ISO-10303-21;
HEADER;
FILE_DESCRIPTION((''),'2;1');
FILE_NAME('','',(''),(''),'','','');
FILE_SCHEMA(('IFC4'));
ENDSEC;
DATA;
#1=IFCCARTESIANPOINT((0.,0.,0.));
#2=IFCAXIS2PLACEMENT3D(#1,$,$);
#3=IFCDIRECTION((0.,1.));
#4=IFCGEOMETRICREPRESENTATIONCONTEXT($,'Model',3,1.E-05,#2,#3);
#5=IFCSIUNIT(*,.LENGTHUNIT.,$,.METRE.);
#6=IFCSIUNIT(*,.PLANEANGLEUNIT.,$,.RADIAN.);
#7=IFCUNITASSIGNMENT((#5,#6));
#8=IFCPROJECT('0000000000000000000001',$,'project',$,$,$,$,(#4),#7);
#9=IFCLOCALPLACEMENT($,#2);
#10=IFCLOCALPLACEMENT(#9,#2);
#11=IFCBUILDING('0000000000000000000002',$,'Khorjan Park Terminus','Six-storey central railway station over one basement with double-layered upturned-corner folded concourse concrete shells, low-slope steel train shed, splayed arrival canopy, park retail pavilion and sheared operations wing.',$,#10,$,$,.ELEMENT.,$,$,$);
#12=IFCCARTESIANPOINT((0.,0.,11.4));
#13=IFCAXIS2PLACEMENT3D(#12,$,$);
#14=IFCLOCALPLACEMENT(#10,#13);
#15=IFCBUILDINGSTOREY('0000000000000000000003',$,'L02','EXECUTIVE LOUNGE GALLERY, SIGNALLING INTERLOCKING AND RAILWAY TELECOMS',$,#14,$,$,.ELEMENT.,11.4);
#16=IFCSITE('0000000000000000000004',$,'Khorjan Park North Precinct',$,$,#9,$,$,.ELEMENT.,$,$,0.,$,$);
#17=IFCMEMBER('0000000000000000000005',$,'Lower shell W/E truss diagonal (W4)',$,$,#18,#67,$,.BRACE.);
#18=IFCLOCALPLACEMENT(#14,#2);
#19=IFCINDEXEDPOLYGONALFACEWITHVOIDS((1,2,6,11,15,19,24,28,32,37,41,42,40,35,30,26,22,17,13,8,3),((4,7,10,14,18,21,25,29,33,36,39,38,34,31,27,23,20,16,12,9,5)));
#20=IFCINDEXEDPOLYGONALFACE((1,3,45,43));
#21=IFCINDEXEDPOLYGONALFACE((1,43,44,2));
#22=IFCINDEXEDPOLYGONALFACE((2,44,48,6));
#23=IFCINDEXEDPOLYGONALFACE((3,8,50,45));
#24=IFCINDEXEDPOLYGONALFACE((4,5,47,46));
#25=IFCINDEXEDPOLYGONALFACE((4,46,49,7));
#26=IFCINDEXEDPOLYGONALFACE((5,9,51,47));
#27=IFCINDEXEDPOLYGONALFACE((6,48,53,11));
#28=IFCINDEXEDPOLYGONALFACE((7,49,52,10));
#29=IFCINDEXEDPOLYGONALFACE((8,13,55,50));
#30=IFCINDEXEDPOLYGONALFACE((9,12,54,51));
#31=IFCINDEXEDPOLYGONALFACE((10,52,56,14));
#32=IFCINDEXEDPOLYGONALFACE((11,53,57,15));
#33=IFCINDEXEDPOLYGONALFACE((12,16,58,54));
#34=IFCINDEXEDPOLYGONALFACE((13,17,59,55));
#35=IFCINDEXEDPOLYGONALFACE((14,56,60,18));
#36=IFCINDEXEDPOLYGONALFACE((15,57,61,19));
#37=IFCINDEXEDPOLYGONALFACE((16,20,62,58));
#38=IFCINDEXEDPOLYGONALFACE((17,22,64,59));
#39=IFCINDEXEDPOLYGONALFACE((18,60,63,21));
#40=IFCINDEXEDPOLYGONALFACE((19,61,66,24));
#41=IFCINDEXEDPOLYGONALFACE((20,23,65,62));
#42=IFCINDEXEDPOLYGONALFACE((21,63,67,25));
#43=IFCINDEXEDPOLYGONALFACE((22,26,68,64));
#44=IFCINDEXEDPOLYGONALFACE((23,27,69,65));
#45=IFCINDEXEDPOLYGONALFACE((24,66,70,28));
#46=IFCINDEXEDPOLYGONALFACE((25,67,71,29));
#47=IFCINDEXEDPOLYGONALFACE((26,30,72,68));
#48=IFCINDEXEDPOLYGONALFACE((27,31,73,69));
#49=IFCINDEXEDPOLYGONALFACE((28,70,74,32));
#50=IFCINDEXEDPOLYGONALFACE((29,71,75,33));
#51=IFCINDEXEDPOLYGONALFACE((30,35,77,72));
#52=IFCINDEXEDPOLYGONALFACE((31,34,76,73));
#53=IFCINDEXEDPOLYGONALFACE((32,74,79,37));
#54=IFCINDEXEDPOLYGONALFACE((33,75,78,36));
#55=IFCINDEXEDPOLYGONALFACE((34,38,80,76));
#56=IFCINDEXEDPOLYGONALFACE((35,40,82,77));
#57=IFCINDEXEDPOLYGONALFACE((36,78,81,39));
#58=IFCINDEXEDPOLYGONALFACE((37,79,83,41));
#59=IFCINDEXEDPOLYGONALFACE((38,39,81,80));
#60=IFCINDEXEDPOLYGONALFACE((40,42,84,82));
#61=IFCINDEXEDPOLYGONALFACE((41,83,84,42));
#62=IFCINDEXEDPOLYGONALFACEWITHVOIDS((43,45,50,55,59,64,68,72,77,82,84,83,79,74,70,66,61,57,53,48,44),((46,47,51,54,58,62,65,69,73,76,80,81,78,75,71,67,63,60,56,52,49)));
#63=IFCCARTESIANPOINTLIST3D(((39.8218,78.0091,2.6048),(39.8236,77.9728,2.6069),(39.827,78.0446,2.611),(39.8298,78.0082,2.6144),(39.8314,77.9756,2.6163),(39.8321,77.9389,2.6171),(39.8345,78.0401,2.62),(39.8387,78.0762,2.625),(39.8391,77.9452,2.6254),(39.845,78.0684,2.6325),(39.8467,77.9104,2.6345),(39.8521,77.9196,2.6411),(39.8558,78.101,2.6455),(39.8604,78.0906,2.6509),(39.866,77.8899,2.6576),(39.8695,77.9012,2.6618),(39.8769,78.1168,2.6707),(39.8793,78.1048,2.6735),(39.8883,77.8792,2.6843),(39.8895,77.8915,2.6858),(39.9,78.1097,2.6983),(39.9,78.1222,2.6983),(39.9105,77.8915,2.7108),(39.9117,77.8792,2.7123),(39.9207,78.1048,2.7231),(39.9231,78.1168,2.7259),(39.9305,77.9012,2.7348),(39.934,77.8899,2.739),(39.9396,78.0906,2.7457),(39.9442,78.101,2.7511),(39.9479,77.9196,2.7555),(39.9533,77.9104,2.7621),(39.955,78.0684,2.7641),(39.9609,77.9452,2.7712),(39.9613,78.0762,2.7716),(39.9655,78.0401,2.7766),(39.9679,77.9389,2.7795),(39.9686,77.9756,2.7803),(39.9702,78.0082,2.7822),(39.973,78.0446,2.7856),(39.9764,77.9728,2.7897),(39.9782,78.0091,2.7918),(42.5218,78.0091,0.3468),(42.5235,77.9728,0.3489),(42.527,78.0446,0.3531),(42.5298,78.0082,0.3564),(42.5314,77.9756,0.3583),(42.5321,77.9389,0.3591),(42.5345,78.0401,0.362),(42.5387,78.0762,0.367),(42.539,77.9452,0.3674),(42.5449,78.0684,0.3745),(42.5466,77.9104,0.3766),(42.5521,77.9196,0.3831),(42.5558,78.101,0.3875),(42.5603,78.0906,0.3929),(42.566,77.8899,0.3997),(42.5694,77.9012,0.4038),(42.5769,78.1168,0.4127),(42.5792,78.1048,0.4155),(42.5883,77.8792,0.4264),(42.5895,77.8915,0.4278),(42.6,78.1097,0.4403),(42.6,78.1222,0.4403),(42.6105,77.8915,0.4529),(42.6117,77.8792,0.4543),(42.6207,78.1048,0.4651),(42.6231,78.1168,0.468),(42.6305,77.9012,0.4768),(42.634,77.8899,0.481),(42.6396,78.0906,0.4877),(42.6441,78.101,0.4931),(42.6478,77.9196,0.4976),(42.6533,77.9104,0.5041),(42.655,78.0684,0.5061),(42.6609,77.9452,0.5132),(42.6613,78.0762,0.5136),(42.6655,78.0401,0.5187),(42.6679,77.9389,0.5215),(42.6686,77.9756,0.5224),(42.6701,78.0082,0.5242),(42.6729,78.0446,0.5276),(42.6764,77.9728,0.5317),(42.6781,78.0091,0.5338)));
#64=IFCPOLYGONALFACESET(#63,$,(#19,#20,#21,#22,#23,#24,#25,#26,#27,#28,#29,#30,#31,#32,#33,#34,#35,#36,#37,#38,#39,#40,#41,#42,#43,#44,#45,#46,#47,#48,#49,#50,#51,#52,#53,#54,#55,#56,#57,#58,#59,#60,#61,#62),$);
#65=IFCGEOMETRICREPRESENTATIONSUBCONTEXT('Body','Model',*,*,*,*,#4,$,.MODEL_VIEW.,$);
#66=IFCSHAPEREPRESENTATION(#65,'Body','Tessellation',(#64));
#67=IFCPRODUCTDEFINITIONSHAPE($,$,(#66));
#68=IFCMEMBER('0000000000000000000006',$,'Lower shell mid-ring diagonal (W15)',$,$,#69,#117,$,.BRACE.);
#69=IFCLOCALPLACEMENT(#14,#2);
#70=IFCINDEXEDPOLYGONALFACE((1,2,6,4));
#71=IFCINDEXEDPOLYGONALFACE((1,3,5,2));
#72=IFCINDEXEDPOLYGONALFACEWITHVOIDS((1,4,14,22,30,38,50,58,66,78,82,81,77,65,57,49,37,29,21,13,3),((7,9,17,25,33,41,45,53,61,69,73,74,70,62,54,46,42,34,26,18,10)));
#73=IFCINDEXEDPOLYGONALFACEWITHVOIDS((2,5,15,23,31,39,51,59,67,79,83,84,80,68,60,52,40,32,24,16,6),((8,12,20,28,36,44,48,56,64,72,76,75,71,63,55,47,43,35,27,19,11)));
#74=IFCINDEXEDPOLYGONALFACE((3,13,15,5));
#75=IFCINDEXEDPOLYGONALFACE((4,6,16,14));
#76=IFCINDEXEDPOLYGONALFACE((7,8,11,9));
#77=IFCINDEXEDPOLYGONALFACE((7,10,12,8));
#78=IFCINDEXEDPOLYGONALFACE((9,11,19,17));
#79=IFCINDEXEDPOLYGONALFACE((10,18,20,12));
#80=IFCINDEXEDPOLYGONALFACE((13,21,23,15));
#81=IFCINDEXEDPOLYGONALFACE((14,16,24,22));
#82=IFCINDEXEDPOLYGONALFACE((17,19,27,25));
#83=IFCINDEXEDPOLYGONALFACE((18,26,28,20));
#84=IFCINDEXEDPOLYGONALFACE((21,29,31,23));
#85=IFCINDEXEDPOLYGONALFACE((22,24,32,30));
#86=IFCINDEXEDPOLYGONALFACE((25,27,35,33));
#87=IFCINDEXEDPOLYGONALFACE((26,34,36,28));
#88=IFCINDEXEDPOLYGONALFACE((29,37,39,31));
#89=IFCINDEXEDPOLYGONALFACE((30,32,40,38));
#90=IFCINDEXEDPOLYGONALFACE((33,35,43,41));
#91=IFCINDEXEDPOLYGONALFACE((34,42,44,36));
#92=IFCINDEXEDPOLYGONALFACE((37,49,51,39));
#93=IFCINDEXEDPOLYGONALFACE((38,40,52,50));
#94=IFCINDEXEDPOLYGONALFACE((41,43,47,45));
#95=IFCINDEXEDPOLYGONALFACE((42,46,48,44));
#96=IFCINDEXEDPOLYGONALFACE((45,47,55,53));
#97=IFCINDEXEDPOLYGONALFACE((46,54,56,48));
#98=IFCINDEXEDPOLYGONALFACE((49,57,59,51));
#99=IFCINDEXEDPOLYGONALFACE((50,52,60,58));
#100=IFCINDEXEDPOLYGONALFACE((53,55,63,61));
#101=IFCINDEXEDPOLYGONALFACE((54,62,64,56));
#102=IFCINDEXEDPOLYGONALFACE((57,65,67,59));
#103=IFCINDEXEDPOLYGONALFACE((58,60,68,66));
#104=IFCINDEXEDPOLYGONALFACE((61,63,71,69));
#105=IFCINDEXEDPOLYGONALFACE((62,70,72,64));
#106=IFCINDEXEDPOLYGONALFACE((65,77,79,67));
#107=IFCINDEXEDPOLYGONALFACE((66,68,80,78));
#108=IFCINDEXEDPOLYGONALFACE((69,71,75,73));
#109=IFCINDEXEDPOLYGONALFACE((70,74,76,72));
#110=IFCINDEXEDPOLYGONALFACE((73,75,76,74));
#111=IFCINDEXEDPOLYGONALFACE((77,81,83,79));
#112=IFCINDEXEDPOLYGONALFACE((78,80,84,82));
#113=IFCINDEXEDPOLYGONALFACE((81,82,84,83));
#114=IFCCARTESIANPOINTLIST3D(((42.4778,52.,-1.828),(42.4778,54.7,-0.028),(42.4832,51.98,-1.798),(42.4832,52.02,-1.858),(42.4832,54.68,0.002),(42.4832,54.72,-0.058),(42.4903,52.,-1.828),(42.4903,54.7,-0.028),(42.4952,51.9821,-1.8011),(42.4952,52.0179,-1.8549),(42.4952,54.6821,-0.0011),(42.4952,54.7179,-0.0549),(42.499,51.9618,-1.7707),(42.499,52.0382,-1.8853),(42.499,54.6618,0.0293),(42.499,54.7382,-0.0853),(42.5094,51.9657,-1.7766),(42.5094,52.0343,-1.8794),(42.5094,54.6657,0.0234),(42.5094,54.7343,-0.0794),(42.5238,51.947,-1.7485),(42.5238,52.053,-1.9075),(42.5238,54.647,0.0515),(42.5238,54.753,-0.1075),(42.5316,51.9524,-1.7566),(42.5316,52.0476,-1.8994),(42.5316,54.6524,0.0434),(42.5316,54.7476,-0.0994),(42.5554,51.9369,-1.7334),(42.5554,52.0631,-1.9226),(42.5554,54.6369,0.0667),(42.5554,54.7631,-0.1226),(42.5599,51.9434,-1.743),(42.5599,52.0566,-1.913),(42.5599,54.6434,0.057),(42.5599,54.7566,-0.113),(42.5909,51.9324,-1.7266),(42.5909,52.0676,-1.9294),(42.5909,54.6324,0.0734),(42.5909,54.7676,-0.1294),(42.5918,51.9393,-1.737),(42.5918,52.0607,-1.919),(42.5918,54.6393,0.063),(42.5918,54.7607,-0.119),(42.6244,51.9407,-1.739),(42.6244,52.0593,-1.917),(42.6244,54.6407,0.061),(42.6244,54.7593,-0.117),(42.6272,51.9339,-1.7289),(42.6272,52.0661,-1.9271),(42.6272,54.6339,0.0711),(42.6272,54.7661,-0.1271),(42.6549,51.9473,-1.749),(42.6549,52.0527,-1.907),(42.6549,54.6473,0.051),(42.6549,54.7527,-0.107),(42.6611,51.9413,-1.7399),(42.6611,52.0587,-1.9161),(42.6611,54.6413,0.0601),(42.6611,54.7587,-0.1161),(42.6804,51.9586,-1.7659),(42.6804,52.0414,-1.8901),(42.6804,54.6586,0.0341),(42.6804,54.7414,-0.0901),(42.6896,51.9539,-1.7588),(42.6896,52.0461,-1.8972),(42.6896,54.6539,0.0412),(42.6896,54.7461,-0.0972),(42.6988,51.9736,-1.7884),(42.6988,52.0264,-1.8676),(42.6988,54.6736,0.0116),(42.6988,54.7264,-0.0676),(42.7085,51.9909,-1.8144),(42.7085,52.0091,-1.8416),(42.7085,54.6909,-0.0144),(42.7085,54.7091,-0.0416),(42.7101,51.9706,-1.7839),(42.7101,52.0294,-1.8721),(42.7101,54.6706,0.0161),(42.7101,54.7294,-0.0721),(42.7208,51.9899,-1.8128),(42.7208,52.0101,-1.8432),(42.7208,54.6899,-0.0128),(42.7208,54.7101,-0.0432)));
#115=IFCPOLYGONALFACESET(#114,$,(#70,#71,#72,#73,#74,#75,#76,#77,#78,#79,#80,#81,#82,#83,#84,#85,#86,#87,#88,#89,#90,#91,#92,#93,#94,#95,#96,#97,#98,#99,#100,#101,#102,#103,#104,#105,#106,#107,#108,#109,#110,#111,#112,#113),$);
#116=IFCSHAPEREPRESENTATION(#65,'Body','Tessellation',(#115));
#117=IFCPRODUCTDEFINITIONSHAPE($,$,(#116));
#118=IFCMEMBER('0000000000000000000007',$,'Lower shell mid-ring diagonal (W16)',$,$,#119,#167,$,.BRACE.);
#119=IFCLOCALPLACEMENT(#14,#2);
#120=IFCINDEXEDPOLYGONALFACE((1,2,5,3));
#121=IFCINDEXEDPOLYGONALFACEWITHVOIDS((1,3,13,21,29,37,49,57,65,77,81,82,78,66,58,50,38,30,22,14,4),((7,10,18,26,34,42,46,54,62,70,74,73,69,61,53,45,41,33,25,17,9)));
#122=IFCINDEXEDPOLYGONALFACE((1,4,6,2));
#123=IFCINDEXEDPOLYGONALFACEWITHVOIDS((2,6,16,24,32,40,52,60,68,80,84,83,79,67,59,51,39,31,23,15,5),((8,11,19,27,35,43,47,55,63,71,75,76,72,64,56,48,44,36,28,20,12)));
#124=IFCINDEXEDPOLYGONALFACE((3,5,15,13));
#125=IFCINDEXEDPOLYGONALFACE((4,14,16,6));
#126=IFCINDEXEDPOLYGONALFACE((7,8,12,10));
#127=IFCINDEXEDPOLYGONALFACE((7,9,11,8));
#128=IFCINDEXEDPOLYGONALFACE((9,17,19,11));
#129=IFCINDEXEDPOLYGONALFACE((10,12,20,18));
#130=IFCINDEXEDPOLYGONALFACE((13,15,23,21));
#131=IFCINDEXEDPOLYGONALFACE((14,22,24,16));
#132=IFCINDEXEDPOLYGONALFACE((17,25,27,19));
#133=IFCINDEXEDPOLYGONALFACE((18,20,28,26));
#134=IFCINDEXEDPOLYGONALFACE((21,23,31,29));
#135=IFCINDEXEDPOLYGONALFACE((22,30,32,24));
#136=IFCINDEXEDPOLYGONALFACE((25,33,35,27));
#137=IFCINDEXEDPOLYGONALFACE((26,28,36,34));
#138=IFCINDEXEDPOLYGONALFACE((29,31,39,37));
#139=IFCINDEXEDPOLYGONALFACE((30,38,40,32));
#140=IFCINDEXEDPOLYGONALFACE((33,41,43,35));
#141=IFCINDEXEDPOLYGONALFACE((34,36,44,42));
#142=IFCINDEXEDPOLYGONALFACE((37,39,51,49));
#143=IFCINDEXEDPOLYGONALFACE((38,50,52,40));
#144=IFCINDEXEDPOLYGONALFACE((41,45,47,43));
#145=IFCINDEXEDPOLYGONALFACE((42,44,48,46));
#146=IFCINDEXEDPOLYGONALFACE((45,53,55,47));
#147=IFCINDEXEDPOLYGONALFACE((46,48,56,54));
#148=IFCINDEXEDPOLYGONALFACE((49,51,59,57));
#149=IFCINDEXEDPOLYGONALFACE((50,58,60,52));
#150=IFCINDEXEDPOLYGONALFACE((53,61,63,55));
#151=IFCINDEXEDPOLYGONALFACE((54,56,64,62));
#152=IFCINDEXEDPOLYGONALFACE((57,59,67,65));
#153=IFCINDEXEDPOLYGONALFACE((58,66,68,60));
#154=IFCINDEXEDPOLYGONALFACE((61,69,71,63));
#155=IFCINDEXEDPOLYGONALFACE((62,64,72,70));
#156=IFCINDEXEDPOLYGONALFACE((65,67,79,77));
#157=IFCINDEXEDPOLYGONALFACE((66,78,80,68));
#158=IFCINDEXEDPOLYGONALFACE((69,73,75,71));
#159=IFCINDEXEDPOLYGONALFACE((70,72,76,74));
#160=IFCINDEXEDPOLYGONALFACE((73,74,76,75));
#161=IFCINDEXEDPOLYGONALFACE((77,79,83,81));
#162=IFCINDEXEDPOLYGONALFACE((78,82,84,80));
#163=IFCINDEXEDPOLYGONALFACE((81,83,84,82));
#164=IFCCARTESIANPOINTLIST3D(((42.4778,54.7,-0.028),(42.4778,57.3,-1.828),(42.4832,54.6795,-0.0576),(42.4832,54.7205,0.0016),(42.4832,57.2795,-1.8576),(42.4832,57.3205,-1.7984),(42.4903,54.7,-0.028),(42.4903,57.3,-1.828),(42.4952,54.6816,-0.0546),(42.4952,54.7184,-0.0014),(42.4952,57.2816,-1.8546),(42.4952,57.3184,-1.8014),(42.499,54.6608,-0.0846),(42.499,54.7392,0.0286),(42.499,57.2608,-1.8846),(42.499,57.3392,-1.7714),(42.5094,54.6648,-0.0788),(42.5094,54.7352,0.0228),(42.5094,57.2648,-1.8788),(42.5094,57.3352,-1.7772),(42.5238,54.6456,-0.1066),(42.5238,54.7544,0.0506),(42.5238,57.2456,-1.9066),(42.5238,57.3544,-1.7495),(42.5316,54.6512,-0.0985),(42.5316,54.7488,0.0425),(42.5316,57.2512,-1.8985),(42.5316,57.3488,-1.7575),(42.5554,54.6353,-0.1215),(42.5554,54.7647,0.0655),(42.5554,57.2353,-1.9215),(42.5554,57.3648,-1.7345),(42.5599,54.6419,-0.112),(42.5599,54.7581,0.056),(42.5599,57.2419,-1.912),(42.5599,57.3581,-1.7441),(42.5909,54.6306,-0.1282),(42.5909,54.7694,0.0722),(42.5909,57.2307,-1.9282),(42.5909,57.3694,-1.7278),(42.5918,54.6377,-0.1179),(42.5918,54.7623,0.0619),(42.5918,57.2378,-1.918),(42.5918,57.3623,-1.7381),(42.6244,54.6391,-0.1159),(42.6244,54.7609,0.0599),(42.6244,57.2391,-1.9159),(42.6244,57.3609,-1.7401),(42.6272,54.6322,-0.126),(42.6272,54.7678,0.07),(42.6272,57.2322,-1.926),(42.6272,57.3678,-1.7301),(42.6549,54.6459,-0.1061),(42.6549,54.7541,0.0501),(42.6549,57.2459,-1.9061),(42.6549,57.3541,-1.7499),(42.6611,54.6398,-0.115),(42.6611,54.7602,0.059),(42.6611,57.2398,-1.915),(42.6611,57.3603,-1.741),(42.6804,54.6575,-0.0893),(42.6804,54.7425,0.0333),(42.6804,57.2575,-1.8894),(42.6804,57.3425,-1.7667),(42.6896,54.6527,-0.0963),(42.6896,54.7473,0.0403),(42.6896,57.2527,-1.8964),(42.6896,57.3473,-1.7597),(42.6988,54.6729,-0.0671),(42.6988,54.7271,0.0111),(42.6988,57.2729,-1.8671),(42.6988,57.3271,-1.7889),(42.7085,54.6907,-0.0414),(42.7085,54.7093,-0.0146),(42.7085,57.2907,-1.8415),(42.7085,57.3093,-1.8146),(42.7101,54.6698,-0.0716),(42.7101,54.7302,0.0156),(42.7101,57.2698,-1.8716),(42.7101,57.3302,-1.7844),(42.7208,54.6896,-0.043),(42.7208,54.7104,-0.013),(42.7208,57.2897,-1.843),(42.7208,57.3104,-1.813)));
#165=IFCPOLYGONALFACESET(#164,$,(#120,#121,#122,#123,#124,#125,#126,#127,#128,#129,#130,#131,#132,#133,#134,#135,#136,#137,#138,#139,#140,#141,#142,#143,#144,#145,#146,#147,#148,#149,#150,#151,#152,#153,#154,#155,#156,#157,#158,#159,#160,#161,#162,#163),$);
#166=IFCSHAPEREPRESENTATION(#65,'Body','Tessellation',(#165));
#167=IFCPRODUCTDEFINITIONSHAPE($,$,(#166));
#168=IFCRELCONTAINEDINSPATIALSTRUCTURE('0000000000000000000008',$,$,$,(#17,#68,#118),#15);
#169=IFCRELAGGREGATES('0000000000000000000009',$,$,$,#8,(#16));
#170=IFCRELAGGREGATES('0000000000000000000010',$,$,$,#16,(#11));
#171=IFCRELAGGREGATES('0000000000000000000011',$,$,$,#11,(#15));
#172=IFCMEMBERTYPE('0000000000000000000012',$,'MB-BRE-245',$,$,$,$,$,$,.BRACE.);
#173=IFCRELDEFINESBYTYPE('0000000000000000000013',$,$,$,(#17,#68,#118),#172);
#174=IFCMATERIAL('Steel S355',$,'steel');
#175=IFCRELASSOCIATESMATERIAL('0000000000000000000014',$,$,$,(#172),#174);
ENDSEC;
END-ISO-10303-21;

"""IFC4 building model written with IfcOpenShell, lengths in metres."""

from ifc_helpers import new_model, si_unit, direction, frame, origin, origin_2d, place, context, subcontext, project, spatial, hollow_circle, extrude, material, material_profile, profile_set, type_object, element, save


model = new_model("IFC4")

# Units and contexts
model_context = context("Model", 3, precision=1e-05, world=origin(), true_north=direction((0.0, 1.0)))
body_context = subcontext(model_context, "Body", "Model", "MODEL_VIEW")
ifc_project = project(units=[si_unit("LENGTHUNIT", "METRE"), si_unit("PLANEANGLEUNIT", "RADIAN")], contexts=[model_context])

# Site, building, storey
site_placement = place(None, origin())
site = spatial("IfcSite", under=ifc_project, at=site_placement, Name="Khorjan Park North Precinct", CompositionType="ELEMENT", RefElevation=0.0)
building_placement = place(site_placement, origin())
building = spatial("IfcBuilding", under=site, at=building_placement, Name="Khorjan Park Terminus", Description="Six-storey central railway station over one basement with double-layered upturned-corner folded concourse concrete shells, low-slope steel train shed, splayed arrival canopy, park retail pavilion and sheared operations wing.", CompositionType="ELEMENT")
storey_placement = place(building_placement, frame((0.0, 0.0, 11.4)))
storey = spatial("IfcBuildingStorey", under=building, at=storey_placement, Name="L02", Description="EXECUTIVE LOUNGE GALLERY, SIGNALLING INTERLOCKING AND RAILWAY TELECOMS", CompositionType="ELEMENT", Elevation=11.4)

# Members
ifc_material_1 = material(Name="Steel S355", Category="steel")
ifc_material_profile_1 = material_profile(ifc_material_1, hollow_circle(Radius=0.1222, WallThickness=0.0125, at=origin_2d()), Name="CHS 244.5x12.5")
ifc_profile_set_1 = profile_set([ifc_material_profile_1], Name="Steel S355")
member_type_1 = type_object("IfcMemberType", Name="MB-BRE-245", PredefinedType="BRACE", material=ifc_profile_set_1)
member_1_placement = place(storey_placement, frame((39.9, 78.0, 2.6983), z_axis=(0.767102, 0.0, -0.641525), x_axis=(0.0, 1.0, 0.0)))
element("IfcMember", 1, at=member_1_placement, inside=storey, type_object=member_type_1, Name="Lower shell W/E truss diagonal (W4)", PredefinedType="BRACE", context=body_context, shape_type="SweptSolid", body=[
    extrude(hollow_circle(Radius=0.1222, WallThickness=0.0125, at=origin_2d()), origin(), (0.0, 0.0, 1.0), 3.5197),
])
member_2_placement = place(storey_placement, frame((42.6, 52.0, -1.828), z_axis=(0.0, 0.83205, 0.5547), x_axis=(-1.0, 0.0, 0.0)))
element("IfcMember", 2, at=member_2_placement, inside=storey, type_object=member_type_1, Name="Lower shell mid-ring diagonal (W15)", PredefinedType="BRACE", context=body_context, shape_type="SweptSolid", body=[
    extrude(hollow_circle(Radius=0.1222, WallThickness=0.0125, at=origin_2d()), origin(), (0.0, 0.0, 1.0), 3.245),
])
member_3_placement = place(storey_placement, frame((42.6, 54.7, -0.028), z_axis=(0.0, 0.822192, -0.56921), x_axis=(-1.0, 0.0, 0.0)))
element("IfcMember", 3, at=member_3_placement, inside=storey, type_object=member_type_1, Name="Lower shell mid-ring diagonal (W16)", PredefinedType="BRACE", context=body_context, shape_type="SweptSolid", body=[
    extrude(hollow_circle(Radius=0.1222, WallThickness=0.0125, at=origin_2d()), origin(), (0.0, 0.0, 1.0), 3.1623),
])

save(model, "model.ifc")
